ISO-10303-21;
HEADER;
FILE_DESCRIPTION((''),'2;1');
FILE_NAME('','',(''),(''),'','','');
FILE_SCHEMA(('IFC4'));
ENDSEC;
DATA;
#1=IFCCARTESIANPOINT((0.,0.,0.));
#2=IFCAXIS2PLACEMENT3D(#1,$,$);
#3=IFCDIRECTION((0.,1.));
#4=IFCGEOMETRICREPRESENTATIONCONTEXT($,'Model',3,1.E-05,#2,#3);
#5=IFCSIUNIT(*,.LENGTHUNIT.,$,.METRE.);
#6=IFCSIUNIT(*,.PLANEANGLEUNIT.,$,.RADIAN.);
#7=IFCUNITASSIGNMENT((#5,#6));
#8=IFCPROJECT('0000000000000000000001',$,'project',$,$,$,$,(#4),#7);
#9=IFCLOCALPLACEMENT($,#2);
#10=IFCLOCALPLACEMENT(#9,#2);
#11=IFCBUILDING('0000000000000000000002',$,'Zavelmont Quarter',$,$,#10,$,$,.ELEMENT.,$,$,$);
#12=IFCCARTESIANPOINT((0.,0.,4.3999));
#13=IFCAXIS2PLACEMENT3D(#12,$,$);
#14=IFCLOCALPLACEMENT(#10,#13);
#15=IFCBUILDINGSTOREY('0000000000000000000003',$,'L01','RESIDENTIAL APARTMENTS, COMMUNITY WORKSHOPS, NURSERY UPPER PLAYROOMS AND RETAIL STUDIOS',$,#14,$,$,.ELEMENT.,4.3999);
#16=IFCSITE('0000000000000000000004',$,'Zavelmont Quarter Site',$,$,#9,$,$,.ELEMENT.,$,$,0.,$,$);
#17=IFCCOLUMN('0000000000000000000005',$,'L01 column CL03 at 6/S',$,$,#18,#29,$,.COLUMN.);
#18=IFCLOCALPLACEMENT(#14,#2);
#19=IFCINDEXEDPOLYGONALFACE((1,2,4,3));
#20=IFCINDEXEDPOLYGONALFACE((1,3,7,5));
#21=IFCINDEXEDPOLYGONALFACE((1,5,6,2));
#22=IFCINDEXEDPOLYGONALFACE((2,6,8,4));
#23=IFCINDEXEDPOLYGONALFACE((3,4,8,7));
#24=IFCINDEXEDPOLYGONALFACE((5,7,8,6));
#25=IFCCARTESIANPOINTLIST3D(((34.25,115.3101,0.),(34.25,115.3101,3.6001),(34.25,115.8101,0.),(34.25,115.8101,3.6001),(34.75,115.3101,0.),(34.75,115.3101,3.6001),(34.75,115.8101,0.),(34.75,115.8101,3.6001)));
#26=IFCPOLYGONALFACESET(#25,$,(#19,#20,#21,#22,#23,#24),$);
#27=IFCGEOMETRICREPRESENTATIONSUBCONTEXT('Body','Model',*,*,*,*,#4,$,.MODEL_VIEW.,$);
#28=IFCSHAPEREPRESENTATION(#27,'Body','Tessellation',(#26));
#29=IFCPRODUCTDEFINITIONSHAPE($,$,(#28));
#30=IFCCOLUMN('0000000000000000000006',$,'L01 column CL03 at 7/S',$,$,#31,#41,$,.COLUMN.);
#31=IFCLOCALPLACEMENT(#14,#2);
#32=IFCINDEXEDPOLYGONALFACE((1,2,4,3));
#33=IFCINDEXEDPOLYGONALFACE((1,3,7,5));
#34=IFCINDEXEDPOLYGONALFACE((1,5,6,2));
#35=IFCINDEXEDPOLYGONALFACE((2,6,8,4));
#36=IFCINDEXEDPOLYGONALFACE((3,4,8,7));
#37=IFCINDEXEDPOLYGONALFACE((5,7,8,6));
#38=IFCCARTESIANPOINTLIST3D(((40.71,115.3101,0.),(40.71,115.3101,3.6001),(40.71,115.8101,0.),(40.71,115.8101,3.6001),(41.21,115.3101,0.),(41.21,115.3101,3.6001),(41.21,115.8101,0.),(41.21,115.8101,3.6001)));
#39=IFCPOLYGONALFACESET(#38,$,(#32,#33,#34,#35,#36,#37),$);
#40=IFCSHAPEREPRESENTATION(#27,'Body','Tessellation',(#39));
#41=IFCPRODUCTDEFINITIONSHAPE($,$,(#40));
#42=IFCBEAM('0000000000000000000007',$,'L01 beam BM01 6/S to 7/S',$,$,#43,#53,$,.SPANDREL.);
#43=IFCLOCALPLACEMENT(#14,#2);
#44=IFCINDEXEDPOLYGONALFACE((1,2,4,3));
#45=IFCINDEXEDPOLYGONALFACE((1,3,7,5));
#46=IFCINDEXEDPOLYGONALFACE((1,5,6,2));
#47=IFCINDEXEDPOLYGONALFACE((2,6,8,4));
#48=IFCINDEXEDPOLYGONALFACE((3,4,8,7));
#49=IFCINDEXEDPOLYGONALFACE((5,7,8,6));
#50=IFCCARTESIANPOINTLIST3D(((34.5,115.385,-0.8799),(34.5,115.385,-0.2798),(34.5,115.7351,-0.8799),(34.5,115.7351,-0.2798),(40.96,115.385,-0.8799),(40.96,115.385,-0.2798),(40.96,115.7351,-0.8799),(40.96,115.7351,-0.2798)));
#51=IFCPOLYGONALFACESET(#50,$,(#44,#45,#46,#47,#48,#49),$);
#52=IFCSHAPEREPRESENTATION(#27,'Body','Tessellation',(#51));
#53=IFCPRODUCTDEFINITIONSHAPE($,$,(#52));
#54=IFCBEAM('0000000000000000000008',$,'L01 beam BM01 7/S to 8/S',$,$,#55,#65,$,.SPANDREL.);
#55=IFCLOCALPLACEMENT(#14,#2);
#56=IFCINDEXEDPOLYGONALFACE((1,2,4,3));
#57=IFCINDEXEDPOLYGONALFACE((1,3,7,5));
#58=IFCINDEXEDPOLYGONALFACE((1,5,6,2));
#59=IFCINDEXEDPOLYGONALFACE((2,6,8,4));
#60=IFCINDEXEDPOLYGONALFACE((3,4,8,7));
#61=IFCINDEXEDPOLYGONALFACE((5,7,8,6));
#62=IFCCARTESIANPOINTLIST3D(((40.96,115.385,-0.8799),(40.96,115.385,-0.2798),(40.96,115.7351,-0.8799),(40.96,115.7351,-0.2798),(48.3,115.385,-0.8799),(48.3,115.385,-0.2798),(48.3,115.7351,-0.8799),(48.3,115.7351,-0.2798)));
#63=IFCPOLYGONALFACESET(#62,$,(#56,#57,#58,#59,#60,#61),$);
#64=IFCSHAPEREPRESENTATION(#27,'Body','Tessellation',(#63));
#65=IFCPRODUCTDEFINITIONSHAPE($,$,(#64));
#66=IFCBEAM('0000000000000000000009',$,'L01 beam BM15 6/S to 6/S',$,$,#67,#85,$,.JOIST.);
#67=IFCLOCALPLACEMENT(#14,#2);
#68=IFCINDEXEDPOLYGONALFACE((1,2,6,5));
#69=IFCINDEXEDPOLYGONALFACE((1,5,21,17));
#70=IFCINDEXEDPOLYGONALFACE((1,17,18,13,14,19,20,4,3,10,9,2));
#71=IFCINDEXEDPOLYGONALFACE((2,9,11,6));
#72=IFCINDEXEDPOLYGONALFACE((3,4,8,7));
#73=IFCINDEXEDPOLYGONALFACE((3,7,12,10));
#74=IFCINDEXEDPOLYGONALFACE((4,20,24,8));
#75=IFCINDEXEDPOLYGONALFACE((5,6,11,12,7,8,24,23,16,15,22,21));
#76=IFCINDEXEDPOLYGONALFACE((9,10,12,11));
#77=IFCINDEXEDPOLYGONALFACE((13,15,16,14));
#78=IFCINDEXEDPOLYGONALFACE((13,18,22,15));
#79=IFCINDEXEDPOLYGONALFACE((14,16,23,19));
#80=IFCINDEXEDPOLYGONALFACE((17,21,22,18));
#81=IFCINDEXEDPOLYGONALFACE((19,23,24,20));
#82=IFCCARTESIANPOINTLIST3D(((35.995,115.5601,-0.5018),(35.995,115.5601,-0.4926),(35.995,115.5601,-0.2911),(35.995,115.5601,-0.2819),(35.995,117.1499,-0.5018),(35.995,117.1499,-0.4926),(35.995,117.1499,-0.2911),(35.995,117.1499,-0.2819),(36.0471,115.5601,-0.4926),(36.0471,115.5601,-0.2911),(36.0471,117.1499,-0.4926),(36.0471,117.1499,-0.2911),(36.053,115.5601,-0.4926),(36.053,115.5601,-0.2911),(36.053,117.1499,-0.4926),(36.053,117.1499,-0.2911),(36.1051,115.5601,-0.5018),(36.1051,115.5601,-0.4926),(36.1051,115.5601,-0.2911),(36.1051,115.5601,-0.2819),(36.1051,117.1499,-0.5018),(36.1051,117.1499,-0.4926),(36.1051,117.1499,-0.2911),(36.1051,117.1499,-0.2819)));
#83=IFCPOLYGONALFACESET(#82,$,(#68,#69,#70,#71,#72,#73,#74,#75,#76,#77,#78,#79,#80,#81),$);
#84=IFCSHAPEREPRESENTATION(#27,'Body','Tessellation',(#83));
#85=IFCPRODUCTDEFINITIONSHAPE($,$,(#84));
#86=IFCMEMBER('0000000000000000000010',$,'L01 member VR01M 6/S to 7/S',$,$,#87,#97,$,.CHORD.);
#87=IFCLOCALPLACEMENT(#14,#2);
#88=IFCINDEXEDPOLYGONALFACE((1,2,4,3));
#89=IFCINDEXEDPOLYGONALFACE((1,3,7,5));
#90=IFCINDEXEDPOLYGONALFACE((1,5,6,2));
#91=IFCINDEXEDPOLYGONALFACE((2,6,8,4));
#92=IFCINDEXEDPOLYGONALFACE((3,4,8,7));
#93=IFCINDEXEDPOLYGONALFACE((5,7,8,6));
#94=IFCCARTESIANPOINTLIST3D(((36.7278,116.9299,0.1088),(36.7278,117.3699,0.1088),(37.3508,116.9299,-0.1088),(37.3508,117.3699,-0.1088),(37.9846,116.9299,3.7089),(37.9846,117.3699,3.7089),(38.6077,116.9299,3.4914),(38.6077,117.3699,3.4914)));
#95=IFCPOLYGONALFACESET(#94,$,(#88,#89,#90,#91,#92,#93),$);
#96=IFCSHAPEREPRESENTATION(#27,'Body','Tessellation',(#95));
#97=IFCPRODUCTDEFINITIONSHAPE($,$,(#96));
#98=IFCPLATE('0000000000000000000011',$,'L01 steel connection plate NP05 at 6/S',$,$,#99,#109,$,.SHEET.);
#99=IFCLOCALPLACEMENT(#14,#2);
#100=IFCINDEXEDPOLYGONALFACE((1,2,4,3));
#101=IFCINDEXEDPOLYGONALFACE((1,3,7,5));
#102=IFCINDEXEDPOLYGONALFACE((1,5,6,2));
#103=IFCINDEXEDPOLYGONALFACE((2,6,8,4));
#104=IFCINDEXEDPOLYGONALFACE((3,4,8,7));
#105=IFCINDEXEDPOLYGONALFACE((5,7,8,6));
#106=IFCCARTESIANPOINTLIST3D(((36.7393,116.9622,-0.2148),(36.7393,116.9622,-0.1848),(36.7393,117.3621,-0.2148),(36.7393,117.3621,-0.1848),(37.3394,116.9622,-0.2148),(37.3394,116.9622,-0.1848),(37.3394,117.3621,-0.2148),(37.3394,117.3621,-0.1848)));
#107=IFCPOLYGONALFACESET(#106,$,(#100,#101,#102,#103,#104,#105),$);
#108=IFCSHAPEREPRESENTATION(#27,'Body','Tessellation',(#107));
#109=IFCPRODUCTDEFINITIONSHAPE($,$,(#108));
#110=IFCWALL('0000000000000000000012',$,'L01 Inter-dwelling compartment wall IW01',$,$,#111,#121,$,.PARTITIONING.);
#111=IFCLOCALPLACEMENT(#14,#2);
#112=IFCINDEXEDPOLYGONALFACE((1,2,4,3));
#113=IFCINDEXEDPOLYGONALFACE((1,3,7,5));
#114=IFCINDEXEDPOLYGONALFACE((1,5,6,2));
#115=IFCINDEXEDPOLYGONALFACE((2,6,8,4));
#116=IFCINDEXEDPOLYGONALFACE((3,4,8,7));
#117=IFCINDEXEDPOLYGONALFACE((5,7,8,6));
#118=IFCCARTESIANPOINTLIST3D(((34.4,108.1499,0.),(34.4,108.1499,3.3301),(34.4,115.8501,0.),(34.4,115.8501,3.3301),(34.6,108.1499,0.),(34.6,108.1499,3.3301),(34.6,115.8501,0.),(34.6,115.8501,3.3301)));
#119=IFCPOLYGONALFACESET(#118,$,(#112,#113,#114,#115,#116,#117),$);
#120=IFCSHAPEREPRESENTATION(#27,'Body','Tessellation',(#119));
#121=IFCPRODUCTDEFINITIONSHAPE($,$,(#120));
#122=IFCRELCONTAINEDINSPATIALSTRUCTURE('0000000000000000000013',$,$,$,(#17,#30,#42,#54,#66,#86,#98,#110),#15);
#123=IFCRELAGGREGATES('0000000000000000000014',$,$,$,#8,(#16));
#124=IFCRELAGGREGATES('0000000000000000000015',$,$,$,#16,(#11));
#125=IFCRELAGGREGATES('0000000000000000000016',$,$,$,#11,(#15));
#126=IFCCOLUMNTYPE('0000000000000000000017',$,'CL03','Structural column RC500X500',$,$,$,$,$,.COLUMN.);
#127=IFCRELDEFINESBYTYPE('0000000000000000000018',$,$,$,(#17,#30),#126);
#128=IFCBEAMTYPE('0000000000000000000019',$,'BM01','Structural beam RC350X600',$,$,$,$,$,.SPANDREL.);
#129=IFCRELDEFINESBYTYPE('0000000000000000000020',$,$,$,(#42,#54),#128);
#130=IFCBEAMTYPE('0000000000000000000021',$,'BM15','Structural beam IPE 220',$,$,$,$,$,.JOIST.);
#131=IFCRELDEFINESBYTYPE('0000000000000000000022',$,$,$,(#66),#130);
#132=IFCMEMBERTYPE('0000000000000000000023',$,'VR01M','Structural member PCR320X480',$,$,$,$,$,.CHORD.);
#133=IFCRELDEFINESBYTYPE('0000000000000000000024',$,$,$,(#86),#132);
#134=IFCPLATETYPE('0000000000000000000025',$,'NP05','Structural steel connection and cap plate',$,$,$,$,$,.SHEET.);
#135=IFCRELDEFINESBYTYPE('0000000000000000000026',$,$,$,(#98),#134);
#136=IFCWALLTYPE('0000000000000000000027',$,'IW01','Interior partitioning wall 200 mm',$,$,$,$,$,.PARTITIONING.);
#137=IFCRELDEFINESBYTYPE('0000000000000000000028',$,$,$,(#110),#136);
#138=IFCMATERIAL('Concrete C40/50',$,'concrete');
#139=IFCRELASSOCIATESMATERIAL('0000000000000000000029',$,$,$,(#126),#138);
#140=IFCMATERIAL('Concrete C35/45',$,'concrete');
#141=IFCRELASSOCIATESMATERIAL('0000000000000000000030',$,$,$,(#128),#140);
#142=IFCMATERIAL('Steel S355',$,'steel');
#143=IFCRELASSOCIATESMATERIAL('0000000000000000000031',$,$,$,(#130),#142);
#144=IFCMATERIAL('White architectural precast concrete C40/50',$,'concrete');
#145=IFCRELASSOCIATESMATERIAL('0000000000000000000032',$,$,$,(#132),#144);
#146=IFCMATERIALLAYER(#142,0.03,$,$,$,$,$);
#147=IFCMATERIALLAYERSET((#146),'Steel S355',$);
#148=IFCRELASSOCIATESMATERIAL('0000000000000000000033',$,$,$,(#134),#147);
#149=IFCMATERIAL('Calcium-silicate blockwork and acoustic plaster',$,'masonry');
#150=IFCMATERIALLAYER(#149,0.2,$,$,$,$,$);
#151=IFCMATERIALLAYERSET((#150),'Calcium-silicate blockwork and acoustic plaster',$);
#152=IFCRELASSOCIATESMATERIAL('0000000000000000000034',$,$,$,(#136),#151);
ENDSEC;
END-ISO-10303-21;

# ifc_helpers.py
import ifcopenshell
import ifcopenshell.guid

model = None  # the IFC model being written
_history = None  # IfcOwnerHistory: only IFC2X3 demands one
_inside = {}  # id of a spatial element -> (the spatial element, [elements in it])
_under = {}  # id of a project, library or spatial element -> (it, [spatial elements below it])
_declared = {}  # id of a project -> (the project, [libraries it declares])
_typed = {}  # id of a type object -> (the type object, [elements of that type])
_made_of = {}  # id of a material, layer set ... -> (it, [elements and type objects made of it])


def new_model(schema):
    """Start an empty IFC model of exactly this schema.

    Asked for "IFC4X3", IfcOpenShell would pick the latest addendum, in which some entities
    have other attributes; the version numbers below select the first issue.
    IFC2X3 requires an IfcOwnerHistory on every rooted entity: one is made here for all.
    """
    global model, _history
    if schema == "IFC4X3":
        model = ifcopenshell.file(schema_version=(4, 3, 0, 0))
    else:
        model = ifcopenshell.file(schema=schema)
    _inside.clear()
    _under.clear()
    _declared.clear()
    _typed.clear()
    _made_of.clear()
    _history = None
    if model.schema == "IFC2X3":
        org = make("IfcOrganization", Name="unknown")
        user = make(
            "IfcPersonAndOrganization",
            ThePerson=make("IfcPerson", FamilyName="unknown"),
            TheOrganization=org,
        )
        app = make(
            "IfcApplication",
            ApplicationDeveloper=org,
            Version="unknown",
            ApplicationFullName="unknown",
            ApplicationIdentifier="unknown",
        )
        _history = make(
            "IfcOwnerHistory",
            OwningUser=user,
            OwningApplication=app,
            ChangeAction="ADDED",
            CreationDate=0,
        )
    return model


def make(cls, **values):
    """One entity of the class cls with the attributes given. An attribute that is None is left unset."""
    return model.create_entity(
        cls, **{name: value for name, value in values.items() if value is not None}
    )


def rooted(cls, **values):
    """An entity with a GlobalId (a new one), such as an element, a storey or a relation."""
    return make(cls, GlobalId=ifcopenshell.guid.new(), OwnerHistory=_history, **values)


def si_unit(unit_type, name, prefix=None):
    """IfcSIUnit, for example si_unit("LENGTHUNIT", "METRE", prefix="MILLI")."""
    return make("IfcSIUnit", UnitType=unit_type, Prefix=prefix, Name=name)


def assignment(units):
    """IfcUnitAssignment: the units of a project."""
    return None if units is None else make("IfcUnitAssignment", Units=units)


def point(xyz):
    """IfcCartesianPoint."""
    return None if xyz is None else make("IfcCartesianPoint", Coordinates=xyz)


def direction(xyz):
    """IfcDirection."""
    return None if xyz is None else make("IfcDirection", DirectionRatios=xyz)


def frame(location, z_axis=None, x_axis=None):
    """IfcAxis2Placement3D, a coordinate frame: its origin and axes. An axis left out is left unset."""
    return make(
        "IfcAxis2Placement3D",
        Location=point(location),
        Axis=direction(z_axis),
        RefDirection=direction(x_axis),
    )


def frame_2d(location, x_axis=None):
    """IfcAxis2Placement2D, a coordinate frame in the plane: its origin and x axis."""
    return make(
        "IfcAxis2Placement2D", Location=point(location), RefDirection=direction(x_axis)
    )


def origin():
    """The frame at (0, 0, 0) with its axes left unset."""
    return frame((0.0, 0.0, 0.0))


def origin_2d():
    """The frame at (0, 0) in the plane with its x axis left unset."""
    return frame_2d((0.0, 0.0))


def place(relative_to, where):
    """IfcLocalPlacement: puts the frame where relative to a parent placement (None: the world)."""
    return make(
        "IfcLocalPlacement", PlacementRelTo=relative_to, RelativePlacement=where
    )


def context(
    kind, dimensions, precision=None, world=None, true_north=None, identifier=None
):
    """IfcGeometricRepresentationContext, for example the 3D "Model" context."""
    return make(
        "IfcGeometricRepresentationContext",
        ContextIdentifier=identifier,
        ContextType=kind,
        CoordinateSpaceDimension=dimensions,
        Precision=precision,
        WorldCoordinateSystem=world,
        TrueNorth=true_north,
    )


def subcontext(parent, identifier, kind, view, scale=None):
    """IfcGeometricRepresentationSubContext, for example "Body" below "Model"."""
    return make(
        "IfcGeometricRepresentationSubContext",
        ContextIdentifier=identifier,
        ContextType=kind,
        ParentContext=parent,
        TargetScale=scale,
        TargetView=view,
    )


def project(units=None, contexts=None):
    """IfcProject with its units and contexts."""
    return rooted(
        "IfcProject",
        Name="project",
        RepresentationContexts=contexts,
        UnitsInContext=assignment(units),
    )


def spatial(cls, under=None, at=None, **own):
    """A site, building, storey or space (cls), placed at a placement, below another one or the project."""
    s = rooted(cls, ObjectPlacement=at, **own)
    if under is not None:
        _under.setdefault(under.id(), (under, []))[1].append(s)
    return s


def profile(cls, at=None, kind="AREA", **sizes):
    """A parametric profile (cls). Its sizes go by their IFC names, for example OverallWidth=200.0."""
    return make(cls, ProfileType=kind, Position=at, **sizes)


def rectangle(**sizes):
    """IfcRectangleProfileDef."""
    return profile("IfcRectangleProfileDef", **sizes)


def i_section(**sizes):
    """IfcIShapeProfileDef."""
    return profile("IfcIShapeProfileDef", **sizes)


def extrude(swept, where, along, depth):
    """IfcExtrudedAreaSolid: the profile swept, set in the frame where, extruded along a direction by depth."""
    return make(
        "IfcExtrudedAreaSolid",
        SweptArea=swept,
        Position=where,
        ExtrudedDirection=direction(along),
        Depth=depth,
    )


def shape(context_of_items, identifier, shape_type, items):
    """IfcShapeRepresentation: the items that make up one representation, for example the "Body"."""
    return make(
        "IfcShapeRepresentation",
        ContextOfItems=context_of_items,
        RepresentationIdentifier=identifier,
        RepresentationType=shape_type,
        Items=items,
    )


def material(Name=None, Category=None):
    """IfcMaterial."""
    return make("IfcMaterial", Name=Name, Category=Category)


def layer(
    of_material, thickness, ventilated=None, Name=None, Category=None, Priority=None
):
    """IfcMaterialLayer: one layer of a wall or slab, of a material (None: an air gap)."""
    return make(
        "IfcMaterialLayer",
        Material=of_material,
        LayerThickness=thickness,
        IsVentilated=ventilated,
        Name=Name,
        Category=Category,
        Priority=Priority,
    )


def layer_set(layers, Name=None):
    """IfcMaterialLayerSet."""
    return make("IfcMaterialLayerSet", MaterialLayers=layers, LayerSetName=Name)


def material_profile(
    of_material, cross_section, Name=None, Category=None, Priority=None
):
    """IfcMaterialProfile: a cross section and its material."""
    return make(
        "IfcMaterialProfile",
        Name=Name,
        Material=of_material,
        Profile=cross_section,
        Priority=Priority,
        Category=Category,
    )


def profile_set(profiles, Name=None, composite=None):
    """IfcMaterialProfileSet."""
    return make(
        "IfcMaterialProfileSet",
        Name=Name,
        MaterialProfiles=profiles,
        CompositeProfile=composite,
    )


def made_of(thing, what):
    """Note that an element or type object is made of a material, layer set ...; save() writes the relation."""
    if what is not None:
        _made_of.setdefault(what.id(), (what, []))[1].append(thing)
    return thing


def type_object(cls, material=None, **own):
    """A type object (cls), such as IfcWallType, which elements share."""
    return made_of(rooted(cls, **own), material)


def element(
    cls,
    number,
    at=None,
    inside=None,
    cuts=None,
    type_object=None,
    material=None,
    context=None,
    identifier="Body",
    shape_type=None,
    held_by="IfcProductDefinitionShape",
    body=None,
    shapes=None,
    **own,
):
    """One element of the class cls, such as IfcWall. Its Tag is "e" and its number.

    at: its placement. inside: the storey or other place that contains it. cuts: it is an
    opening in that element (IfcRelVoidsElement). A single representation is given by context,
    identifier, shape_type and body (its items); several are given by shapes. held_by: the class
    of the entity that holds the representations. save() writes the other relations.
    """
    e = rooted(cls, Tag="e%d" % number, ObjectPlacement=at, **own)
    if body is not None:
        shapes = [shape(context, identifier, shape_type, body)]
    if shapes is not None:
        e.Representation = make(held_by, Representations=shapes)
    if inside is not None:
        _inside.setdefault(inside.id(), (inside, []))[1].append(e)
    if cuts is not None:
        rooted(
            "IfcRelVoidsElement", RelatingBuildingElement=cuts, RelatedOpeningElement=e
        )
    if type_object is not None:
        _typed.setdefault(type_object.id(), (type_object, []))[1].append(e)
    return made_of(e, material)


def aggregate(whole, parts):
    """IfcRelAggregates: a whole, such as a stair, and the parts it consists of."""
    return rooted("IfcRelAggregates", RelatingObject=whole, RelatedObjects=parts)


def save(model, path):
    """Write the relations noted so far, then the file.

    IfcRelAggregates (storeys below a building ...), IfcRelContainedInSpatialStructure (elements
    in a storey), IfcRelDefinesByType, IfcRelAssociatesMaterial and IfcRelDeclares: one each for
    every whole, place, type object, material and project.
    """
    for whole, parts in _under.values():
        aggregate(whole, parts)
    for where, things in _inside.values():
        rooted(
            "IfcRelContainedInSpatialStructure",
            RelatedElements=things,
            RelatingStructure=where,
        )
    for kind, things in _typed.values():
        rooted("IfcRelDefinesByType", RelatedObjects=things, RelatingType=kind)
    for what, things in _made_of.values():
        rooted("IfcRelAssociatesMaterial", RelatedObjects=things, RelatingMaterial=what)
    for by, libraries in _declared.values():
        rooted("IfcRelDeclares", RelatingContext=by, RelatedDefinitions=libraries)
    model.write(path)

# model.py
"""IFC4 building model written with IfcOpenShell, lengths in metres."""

from ifc_helpers import new_model, si_unit, direction, frame, frame_2d, origin, origin_2d, place, context, subcontext, project, spatial, rectangle, i_section, extrude, material, layer, layer_set, material_profile, profile_set, type_object, element, save


model = new_model("IFC4")

# Units and contexts
model_context = context("Model", 3, precision=1e-05, world=origin(), true_north=direction((0.0, 1.0)))
body_context = subcontext(model_context, "Body", "Model", "MODEL_VIEW")
ifc_project = project(units=[si_unit("LENGTHUNIT", "METRE"), si_unit("PLANEANGLEUNIT", "RADIAN")], contexts=[model_context])

# Site, building, storey
site_placement = place(None, origin())
site = spatial("IfcSite", under=ifc_project, at=site_placement, Name="Zavelmont Quarter Site", CompositionType="ELEMENT", RefElevation=0.0)
building_placement = place(site_placement, origin())
building = spatial("IfcBuilding", under=site, at=building_placement, Name="Zavelmont Quarter", CompositionType="ELEMENT")
storey_placement = place(building_placement, frame((0.0, 0.0, 4.3999)))
storey = spatial("IfcBuildingStorey", under=building, at=storey_placement, Name="L01", Description="RESIDENTIAL APARTMENTS, COMMUNITY WORKSHOPS, NURSERY UPPER PLAYROOMS AND RETAIL STUDIOS", CompositionType="ELEMENT", Elevation=4.3999)

# Columns
ifc_material_1 = material(Name="Concrete C40/50", Category="concrete")
ifc_material_profile_1 = material_profile(ifc_material_1, rectangle(XDim=0.5, YDim=0.5, at=origin_2d()), Name="RC500X500")
ifc_profile_set_1 = profile_set([ifc_material_profile_1], Name="Concrete C40/50")
column_type = type_object("IfcColumnType", Name="CL03", Description="Structural column RC500X500", PredefinedType="COLUMN", material=ifc_profile_set_1)
for number, where, z_axis, x_axis, name in (
    (1, (34.5, 115.5601, 0.0), (0.0, 0.0, 1.0), (1.0, 0.0, 0.0), "L01 column CL03 at 6/S"),
    (2, (40.96, 115.5601, 0.0), (0.0, 0.0, 1.0), (1.0, 0.0, 0.0), "L01 column CL03 at 7/S"),
):
    element("IfcColumn", number, at=place(storey_placement, frame(where, z_axis=z_axis, x_axis=x_axis)), inside=storey, type_object=column_type, Name=name, PredefinedType="COLUMN", context=body_context, shape_type="SweptSolid", body=[
        extrude(rectangle(XDim=0.5, YDim=0.5, at=origin_2d()), origin(), (0.0, 0.0, 1.0), 3.6001),
    ])

# Beams
ifc_material_2 = material(Name="Concrete C35/45", Category="concrete")
ifc_material_profile_2 = material_profile(ifc_material_2, rectangle(XDim=0.3501, YDim=0.6001, at=origin_2d()), Name="RC350X600")
ifc_profile_set_2 = profile_set([ifc_material_profile_2], Name="Concrete C35/45")
beam_type_1 = type_object("IfcBeamType", Name="BM01", Description="Structural beam RC350X600", PredefinedType="SPANDREL", material=ifc_profile_set_2)
beam_1_placement = place(storey_placement, frame((34.5, 115.5601, -0.5798), z_axis=(1.0, 0.0, 0.0), x_axis=(0.0, 1.0, 0.0)))
element("IfcBeam", 3, at=beam_1_placement, inside=storey, type_object=beam_type_1, Name="L01 beam BM01 6/S to 7/S", PredefinedType="SPANDREL", context=body_context, shape_type="SweptSolid", body=[
    extrude(rectangle(XDim=0.3501, YDim=0.6001, at=origin_2d()), origin(), (0.0, 0.0, 1.0), 6.46),
])
beam_2_placement = place(storey_placement, frame((40.96, 115.5601, -0.5798), z_axis=(1.0, 0.0, 0.0), x_axis=(0.0, 1.0, 0.0)))
element("IfcBeam", 4, at=beam_2_placement, inside=storey, type_object=beam_type_1, Name="L01 beam BM01 7/S to 8/S", PredefinedType="SPANDREL", context=body_context, shape_type="SweptSolid", body=[
    extrude(rectangle(XDim=0.3501, YDim=0.6001, at=origin_2d()), origin(), (0.0, 0.0, 1.0), 7.3401),
])
ifc_material_3 = material(Name="Steel S355", Category="steel")
ifc_material_profile_3 = material_profile(ifc_material_3, i_section(OverallWidth=0.1101, OverallDepth=0.22, WebThickness=0.0059, FlangeThickness=0.0093, at=origin_2d()), Name="IPE 220")
ifc_profile_set_3 = profile_set([ifc_material_profile_3], Name="Steel S355")
beam_type_2 = type_object("IfcBeamType", Name="BM15", Description="Structural beam IPE 220", PredefinedType="JOIST", material=ifc_profile_set_3)
beam_3_placement = place(storey_placement, frame((36.05, 115.5601, -0.3918), z_axis=(0.0, 1.0, 0.0), x_axis=(-1.0, 0.0, 0.0)))
element("IfcBeam", 5, at=beam_3_placement, inside=storey, type_object=beam_type_2, Name="L01 beam BM15 6/S to 6/S", PredefinedType="JOIST", context=body_context, shape_type="SweptSolid", body=[
    extrude(i_section(OverallWidth=0.1101, OverallDepth=0.22, WebThickness=0.0059, FlangeThickness=0.0093, at=origin_2d()), origin(), (0.0, 0.0, 1.0), 1.5898),
])

# Member
ifc_material_4 = material(Name="White architectural precast concrete C40/50", Category="concrete")
ifc_material_profile_4 = material_profile(ifc_material_4, rectangle(XDim=0.4399, YDim=0.6599, at=origin_2d()), Name="PCR320X480")
ifc_profile_set_4 = profile_set([ifc_material_profile_4], Name="White architectural precast concrete C40/50")
member_type = type_object("IfcMemberType", Name="VR01M", Description="Structural member PCR320X480", PredefinedType="CHORD", material=ifc_profile_set_4)
member_placement = place(storey_placement, frame((37.0393, 117.1499, 0.0), z_axis=(0.329603, 0.0, 0.94412), x_axis=(0.0, 1.0, 0.0)))
element("IfcMember", 6, at=member_placement, inside=storey, type_object=member_type, Name="L01 member VR01M 6/S to 7/S", PredefinedType="CHORD", context=body_context, shape_type="SweptSolid", body=[
    extrude(rectangle(XDim=0.4399, YDim=0.6599, at=origin_2d()), origin(), (0.0, 0.0, 1.0), 3.8132),
])

# Plate
ifc_layer_1 = layer(ifc_material_3, 0.03)
ifc_layer_set_1 = layer_set([ifc_layer_1], Name="Steel S355")
plate_type = type_object("IfcPlateType", Name="NP05", Description="Structural steel connection and cap plate", PredefinedType="SHEET", material=ifc_layer_set_1)
plate_placement = place(storey_placement, frame((37.0393, 117.1621, -0.2148), z_axis=(0.0, 0.0, 1.0), x_axis=(1.0, 0.0, 0.0)))
element("IfcPlate", 7, at=plate_placement, inside=storey, type_object=plate_type, Name="L01 steel connection plate NP05 at 6/S", PredefinedType="SHEET", context=body_context, shape_type="SweptSolid", body=[
    extrude(rectangle(XDim=0.6001, YDim=0.3999, at=origin_2d()), origin(), (0.0, 0.0, 1.0), 0.03),
])

# Wall
ifc_material_5 = material(Name="Calcium-silicate blockwork and acoustic plaster", Category="masonry")
ifc_layer_2 = layer(ifc_material_5, 0.2)
ifc_layer_set_2 = layer_set([ifc_layer_2], Name="Calcium-silicate blockwork and acoustic plaster")
wall_type_1 = type_object("IfcWallType", Name="IW01", Description="Interior partitioning wall 200 mm", PredefinedType="PARTITIONING", material=ifc_layer_set_2)
wall_1_placement = place(storey_placement, frame((34.5, 108.1499, 0.0), z_axis=(0.0, 0.0, 1.0), x_axis=(0.0, 1.0, 0.0)))
element("IfcWall", 8, at=wall_1_placement, inside=storey, type_object=wall_type_1, Name="L01 Inter-dwelling compartment wall IW01", PredefinedType="PARTITIONING", context=body_context, shape_type="SweptSolid", body=[
    extrude(rectangle(XDim=7.7002, YDim=0.2, at=frame_2d((3.8501, 0.0))), origin(), (0.0, 0.0, 1.0), 3.3301),
])

save(model, "model.ifc")
